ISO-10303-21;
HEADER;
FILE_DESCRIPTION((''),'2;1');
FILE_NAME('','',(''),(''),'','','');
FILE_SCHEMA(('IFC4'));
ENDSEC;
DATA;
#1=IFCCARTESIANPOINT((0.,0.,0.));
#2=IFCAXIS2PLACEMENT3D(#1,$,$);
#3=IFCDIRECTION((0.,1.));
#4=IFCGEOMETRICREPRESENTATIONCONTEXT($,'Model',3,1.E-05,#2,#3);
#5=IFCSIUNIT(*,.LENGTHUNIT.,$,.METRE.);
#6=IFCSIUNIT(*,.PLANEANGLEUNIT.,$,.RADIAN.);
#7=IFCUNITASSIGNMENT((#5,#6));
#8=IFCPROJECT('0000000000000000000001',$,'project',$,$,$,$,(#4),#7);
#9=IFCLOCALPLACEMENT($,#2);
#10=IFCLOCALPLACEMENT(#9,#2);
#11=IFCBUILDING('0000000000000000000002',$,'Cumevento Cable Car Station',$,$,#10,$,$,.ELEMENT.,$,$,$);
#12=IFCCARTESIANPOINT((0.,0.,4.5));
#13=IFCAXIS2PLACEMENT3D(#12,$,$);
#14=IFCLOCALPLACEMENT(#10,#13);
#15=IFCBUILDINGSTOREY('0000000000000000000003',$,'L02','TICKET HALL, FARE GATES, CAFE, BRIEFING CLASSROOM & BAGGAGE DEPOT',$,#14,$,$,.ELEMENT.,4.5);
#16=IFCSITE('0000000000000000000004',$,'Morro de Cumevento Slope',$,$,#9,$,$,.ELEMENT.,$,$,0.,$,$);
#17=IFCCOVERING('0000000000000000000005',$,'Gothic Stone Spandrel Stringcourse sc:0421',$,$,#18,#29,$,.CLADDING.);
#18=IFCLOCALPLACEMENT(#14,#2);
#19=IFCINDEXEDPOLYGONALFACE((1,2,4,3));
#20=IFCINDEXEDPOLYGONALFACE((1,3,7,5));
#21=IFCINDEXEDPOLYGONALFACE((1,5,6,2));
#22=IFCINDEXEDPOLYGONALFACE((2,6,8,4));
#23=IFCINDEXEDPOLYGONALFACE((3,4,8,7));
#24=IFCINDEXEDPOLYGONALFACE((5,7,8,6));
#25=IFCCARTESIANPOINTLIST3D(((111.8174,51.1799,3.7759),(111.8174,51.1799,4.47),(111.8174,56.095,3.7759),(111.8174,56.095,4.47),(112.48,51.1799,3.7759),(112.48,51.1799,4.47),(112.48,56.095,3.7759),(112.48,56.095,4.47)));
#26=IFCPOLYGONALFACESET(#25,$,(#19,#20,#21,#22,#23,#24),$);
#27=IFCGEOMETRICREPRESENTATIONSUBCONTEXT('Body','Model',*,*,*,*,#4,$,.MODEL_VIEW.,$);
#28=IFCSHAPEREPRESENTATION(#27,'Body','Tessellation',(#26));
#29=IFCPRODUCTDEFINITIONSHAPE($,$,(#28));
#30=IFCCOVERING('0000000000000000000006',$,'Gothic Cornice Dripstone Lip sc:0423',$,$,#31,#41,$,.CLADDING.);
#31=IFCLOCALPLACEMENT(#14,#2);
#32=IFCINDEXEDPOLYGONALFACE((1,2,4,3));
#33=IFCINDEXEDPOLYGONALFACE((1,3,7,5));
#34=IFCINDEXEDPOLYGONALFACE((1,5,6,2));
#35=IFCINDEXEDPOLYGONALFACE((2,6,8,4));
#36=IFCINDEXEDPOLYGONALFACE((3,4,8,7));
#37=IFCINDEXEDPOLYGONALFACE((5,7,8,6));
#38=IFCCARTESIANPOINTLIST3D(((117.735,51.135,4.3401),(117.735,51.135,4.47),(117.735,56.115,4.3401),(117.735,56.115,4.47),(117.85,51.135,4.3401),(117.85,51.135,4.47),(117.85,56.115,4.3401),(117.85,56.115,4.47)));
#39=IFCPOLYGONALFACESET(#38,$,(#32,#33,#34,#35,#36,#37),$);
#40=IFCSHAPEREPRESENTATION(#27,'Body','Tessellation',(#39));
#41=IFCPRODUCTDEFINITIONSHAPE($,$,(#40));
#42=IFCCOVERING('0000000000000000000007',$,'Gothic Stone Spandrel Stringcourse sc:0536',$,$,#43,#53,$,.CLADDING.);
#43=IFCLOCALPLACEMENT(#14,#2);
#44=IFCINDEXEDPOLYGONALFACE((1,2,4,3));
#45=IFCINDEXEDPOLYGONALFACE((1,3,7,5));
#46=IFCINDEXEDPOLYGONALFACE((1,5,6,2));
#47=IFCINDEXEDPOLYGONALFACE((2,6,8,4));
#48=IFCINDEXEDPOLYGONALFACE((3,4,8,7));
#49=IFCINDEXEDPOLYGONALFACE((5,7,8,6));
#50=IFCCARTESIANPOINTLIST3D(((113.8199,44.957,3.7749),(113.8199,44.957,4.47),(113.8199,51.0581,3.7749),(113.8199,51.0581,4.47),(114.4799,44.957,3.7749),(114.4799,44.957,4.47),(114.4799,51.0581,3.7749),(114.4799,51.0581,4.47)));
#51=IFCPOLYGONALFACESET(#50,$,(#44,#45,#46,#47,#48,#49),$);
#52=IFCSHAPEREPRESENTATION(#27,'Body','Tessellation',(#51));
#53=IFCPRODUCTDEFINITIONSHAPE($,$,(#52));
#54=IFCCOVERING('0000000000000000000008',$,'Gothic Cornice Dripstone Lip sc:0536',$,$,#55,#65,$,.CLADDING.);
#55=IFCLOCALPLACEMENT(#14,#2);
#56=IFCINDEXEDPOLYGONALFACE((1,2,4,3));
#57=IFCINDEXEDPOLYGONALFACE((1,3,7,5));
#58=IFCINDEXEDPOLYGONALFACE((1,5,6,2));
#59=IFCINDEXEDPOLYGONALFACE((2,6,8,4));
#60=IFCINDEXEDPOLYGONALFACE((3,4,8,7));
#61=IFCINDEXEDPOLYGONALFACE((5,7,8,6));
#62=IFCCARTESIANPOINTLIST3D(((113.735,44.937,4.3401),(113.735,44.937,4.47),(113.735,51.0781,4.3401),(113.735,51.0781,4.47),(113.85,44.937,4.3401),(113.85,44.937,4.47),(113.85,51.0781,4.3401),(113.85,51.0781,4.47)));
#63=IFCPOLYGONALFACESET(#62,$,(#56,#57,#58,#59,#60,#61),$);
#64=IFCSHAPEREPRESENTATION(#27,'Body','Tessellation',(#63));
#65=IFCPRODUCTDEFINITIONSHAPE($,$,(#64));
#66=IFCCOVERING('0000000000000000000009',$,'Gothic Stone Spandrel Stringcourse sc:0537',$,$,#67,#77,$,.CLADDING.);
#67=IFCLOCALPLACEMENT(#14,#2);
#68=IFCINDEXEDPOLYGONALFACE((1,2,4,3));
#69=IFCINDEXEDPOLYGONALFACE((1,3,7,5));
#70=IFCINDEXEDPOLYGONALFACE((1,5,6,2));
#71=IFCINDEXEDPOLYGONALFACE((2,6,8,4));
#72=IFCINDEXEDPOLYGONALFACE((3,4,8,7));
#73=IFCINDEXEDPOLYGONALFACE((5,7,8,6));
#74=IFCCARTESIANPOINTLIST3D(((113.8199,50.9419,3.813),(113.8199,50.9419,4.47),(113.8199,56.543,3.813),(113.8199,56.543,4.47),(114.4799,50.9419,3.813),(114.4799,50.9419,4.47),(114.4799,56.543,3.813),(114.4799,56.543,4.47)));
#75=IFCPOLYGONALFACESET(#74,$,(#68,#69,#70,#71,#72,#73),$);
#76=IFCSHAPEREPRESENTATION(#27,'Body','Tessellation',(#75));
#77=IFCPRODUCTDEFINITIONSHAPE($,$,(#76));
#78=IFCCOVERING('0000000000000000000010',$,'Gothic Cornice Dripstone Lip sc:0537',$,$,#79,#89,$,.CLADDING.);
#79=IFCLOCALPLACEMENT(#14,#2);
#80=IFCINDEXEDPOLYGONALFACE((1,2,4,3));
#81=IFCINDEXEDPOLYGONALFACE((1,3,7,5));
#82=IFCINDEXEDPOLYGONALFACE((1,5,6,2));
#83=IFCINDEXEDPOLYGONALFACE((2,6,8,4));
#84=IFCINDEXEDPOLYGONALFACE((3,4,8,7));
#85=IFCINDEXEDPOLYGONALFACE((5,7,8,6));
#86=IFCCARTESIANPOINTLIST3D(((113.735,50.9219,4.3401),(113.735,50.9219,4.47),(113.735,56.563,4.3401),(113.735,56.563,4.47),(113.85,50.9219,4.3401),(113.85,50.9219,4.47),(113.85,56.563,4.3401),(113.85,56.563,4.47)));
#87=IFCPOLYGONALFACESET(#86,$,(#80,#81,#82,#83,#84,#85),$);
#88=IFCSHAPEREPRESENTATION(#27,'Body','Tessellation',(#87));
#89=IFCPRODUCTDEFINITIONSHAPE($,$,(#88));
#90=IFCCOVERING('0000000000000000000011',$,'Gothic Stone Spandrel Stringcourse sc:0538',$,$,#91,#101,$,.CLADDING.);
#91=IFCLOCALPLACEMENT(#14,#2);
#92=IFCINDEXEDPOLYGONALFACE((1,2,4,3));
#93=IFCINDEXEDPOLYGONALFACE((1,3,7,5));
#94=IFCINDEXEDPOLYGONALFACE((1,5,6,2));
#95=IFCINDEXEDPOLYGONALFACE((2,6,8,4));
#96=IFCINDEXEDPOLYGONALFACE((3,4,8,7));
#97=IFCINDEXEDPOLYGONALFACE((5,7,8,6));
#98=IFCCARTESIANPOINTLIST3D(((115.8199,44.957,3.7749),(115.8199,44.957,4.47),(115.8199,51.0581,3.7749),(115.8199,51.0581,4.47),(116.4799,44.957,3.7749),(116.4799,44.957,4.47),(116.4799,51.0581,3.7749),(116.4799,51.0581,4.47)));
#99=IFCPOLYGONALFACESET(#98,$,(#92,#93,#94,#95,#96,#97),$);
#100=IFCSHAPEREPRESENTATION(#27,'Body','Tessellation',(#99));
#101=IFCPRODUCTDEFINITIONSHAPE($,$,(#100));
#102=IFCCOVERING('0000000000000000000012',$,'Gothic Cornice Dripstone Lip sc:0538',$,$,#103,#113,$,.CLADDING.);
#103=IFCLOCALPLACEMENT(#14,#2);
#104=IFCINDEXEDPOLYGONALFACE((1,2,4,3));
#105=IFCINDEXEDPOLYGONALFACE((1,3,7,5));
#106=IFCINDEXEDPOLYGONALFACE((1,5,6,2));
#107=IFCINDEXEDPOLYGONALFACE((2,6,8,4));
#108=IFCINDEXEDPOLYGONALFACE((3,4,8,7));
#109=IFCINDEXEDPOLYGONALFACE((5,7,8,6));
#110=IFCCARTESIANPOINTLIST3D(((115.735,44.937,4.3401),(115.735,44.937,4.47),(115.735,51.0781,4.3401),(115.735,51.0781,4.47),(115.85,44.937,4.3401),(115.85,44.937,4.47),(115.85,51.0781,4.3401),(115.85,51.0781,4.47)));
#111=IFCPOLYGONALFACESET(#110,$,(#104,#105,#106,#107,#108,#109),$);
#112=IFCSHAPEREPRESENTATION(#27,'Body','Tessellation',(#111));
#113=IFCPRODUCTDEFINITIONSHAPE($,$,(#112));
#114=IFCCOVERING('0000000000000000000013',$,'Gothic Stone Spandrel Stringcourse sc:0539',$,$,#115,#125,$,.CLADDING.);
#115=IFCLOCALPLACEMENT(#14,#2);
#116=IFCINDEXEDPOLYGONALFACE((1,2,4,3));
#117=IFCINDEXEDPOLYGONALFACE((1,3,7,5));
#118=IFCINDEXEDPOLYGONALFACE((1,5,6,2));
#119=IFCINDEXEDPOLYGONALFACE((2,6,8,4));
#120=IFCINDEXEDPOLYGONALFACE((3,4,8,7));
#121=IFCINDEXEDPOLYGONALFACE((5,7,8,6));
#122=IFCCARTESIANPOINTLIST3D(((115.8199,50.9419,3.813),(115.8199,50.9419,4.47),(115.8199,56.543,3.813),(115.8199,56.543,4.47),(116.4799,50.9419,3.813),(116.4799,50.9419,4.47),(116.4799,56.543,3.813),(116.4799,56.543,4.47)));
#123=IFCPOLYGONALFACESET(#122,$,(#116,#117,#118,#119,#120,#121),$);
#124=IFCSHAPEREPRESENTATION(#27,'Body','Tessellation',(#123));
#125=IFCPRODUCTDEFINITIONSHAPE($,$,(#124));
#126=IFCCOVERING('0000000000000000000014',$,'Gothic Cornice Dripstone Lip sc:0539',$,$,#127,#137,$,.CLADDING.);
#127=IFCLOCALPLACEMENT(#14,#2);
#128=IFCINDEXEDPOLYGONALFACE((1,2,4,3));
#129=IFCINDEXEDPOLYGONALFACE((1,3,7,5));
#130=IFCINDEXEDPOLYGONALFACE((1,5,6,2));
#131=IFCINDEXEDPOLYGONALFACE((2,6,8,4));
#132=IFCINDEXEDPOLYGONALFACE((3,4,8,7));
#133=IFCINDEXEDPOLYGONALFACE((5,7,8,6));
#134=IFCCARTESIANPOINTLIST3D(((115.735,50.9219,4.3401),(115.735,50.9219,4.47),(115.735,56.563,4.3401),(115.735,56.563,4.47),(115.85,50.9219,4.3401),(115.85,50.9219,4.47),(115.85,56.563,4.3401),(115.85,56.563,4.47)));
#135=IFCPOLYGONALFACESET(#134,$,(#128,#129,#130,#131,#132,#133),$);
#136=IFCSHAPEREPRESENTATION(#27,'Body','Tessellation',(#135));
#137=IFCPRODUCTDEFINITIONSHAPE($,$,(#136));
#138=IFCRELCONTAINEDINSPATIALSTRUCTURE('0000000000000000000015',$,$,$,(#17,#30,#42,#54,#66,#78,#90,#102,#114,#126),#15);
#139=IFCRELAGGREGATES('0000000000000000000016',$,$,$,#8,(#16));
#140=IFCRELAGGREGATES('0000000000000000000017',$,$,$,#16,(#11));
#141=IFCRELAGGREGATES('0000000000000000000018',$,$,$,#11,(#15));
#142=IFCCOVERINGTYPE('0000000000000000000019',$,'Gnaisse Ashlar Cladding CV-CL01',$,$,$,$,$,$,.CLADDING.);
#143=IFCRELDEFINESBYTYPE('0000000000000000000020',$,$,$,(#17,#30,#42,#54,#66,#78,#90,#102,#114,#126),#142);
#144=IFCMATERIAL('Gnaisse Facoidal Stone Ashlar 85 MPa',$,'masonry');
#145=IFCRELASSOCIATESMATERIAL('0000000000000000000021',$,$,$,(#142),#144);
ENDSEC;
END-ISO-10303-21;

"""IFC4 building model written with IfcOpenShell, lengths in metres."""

from ifc_helpers import new_model, si_unit, direction, frame, origin, origin_2d, place, context, subcontext, project, spatial, rectangle, extrude, material, type_object, element, save


model = new_model("IFC4")

# Units and contexts
model_context = context("Model", 3, precision=1e-05, world=origin(), true_north=direction((0.0, 1.0)))
body_context = subcontext(model_context, "Body", "Model", "MODEL_VIEW")
ifc_project = project(units=[si_unit("LENGTHUNIT", "METRE"), si_unit("PLANEANGLEUNIT", "RADIAN")], contexts=[model_context])

# Site, building, storey
site_placement = place(None, origin())
site = spatial("IfcSite", under=ifc_project, at=site_placement, Name="Morro de Cumevento Slope", CompositionType="ELEMENT", RefElevation=0.0)
building_placement = place(site_placement, origin())
building = spatial("IfcBuilding", under=site, at=building_placement, Name="Cumevento Cable Car Station", CompositionType="ELEMENT")
storey_placement = place(building_placement, frame((0.0, 0.0, 4.5)))
storey = spatial("IfcBuildingStorey", under=building, at=storey_placement, Name="L02", Description="TICKET HALL, FARE GATES, CAFE, BRIEFING CLASSROOM & BAGGAGE DEPOT", CompositionType="ELEMENT", Elevation=4.5)

# Coverings
ifc_material_1 = material(Name="Gnaisse Facoidal Stone Ashlar 85 MPa", Category="masonry")
covering_type = type_object("IfcCoveringType", Name="Gnaisse Ashlar Cladding CV-CL01", PredefinedType="CLADDING", material=ifc_material_1)
covering_1_placement = place(storey_placement, frame((112.1487, 53.6375, 3.7759), z_axis=(0.0, 0.0, 1.0), x_axis=(0.0, 1.0, 0.0)))
element("IfcCovering", 1, at=covering_1_placement, inside=storey, type_object=covering_type, Name="Gothic Stone Spandrel Stringcourse sc:0421", PredefinedType="CLADDING", context=body_context, shape_type="SweptSolid", body=[
    extrude(rectangle(XDim=4.915, YDim=0.6626, at=origin_2d()), origin(), (0.0, 0.0, 1.0), 0.6941),
])
covering_2_placement = place(storey_placement, frame((117.7925, 53.625, 4.3401), z_axis=(0.0, 0.0, 1.0), x_axis=(0.0, 1.0, 0.0)))
element("IfcCovering", 2, at=covering_2_placement, inside=storey, type_object=covering_type, Name="Gothic Cornice Dripstone Lip sc:0423", PredefinedType="CLADDING", context=body_context, shape_type="SweptSolid", body=[
    extrude(rectangle(XDim=4.98, YDim=0.115, at=origin_2d()), origin(), (0.0, 0.0, 1.0), 0.1299),
])
covering_3_placement = place(storey_placement, frame((114.1499, 48.0076, 3.7749), z_axis=(0.0, 0.0, 1.0), x_axis=(0.0, 1.0, 0.0)))
element("IfcCovering", 3, at=covering_3_placement, inside=storey, type_object=covering_type, Name="Gothic Stone Spandrel Stringcourse sc:0536", PredefinedType="CLADDING", context=body_context, shape_type="SweptSolid", body=[
    extrude(rectangle(XDim=6.1011, YDim=0.6599, at=origin_2d()), origin(), (0.0, 0.0, 1.0), 0.6951),
])
covering_4_placement = place(storey_placement, frame((113.7925, 48.0076, 4.3401), z_axis=(0.0, 0.0, 1.0), x_axis=(0.0, 1.0, 0.0)))
element("IfcCovering", 4, at=covering_4_placement, inside=storey, type_object=covering_type, Name="Gothic Cornice Dripstone Lip sc:0536", PredefinedType="CLADDING", context=body_context, shape_type="SweptSolid", body=[
    extrude(rectangle(XDim=6.1411, YDim=0.115, at=origin_2d()), origin(), (0.0, 0.0, 1.0), 0.1299),
])
covering_5_placement = place(storey_placement, frame((114.1499, 53.7424, 3.813), z_axis=(0.0, 0.0, 1.0), x_axis=(0.0, 1.0, 0.0)))
element("IfcCovering", 5, at=covering_5_placement, inside=storey, type_object=covering_type, Name="Gothic Stone Spandrel Stringcourse sc:0537", PredefinedType="CLADDING", context=body_context, shape_type="SweptSolid", body=[
    extrude(rectangle(XDim=5.6011, YDim=0.6599, at=origin_2d()), origin(), (0.0, 0.0, 1.0), 0.657),
])
covering_6_placement = place(storey_placement, frame((113.7925, 53.7424, 4.3401), z_axis=(0.0, 0.0, 1.0), x_axis=(0.0, 1.0, 0.0)))
element("IfcCovering", 6, at=covering_6_placement, inside=storey, type_object=covering_type, Name="Gothic Cornice Dripstone Lip sc:0537", PredefinedType="CLADDING", context=body_context, shape_type="SweptSolid", body=[
    extrude(rectangle(XDim=5.6411, YDim=0.115, at=origin_2d()), origin(), (0.0, 0.0, 1.0), 0.1299),
])
covering_7_placement = place(storey_placement, frame((116.1499, 48.0076, 3.7749), z_axis=(0.0, 0.0, 1.0), x_axis=(0.0, 1.0, 0.0)))
element("IfcCovering", 7, at=covering_7_placement, inside=storey, type_object=covering_type, Name="Gothic Stone Spandrel Stringcourse sc:0538", PredefinedType="CLADDING", context=body_context, shape_type="SweptSolid", body=[
    extrude(rectangle(XDim=6.1011, YDim=0.6599, at=origin_2d()), origin(), (0.0, 0.0, 1.0), 0.6951),
])
covering_8_placement = place(storey_placement, frame((115.7925, 48.0076, 4.3401), z_axis=(0.0, 0.0, 1.0), x_axis=(0.0, 1.0, 0.0)))
element("IfcCovering", 8, at=covering_8_placement, inside=storey, type_object=covering_type, Name="Gothic Cornice Dripstone Lip sc:0538", PredefinedType="CLADDING", context=body_context, shape_type="SweptSolid", body=[
    extrude(rectangle(XDim=6.1411, YDim=0.115, at=origin_2d()), origin(), (0.0, 0.0, 1.0), 0.1299),
])
covering_9_placement = place(storey_placement, frame((116.1499, 53.7424, 3.813), z_axis=(0.0, 0.0, 1.0), x_axis=(0.0, 1.0, 0.0)))
element("IfcCovering", 9, at=covering_9_placement, inside=storey, type_object=covering_type, Name="Gothic Stone Spandrel Stringcourse sc:0539", PredefinedType="CLADDING", context=body_context, shape_type="SweptSolid", body=[
    extrude(rectangle(XDim=5.6011, YDim=0.6599, at=origin_2d()), origin(), (0.0, 0.0, 1.0), 0.657),
])
covering_10_placement = place(storey_placement, frame((115.7925, 53.7424, 4.3401), z_axis=(0.0, 0.0, 1.0), x_axis=(0.0, 1.0, 0.0)))
element("IfcCovering", 10, at=covering_10_placement, inside=storey, type_object=covering_type, Name="Gothic Cornice Dripstone Lip sc:0539", PredefinedType="CLADDING", context=body_context, shape_type="SweptSolid", body=[
    extrude(rectangle(XDim=5.6411, YDim=0.115, at=origin_2d()), origin(), (0.0, 0.0, 1.0), 0.1299),
])

save(model, "model.ifc")
